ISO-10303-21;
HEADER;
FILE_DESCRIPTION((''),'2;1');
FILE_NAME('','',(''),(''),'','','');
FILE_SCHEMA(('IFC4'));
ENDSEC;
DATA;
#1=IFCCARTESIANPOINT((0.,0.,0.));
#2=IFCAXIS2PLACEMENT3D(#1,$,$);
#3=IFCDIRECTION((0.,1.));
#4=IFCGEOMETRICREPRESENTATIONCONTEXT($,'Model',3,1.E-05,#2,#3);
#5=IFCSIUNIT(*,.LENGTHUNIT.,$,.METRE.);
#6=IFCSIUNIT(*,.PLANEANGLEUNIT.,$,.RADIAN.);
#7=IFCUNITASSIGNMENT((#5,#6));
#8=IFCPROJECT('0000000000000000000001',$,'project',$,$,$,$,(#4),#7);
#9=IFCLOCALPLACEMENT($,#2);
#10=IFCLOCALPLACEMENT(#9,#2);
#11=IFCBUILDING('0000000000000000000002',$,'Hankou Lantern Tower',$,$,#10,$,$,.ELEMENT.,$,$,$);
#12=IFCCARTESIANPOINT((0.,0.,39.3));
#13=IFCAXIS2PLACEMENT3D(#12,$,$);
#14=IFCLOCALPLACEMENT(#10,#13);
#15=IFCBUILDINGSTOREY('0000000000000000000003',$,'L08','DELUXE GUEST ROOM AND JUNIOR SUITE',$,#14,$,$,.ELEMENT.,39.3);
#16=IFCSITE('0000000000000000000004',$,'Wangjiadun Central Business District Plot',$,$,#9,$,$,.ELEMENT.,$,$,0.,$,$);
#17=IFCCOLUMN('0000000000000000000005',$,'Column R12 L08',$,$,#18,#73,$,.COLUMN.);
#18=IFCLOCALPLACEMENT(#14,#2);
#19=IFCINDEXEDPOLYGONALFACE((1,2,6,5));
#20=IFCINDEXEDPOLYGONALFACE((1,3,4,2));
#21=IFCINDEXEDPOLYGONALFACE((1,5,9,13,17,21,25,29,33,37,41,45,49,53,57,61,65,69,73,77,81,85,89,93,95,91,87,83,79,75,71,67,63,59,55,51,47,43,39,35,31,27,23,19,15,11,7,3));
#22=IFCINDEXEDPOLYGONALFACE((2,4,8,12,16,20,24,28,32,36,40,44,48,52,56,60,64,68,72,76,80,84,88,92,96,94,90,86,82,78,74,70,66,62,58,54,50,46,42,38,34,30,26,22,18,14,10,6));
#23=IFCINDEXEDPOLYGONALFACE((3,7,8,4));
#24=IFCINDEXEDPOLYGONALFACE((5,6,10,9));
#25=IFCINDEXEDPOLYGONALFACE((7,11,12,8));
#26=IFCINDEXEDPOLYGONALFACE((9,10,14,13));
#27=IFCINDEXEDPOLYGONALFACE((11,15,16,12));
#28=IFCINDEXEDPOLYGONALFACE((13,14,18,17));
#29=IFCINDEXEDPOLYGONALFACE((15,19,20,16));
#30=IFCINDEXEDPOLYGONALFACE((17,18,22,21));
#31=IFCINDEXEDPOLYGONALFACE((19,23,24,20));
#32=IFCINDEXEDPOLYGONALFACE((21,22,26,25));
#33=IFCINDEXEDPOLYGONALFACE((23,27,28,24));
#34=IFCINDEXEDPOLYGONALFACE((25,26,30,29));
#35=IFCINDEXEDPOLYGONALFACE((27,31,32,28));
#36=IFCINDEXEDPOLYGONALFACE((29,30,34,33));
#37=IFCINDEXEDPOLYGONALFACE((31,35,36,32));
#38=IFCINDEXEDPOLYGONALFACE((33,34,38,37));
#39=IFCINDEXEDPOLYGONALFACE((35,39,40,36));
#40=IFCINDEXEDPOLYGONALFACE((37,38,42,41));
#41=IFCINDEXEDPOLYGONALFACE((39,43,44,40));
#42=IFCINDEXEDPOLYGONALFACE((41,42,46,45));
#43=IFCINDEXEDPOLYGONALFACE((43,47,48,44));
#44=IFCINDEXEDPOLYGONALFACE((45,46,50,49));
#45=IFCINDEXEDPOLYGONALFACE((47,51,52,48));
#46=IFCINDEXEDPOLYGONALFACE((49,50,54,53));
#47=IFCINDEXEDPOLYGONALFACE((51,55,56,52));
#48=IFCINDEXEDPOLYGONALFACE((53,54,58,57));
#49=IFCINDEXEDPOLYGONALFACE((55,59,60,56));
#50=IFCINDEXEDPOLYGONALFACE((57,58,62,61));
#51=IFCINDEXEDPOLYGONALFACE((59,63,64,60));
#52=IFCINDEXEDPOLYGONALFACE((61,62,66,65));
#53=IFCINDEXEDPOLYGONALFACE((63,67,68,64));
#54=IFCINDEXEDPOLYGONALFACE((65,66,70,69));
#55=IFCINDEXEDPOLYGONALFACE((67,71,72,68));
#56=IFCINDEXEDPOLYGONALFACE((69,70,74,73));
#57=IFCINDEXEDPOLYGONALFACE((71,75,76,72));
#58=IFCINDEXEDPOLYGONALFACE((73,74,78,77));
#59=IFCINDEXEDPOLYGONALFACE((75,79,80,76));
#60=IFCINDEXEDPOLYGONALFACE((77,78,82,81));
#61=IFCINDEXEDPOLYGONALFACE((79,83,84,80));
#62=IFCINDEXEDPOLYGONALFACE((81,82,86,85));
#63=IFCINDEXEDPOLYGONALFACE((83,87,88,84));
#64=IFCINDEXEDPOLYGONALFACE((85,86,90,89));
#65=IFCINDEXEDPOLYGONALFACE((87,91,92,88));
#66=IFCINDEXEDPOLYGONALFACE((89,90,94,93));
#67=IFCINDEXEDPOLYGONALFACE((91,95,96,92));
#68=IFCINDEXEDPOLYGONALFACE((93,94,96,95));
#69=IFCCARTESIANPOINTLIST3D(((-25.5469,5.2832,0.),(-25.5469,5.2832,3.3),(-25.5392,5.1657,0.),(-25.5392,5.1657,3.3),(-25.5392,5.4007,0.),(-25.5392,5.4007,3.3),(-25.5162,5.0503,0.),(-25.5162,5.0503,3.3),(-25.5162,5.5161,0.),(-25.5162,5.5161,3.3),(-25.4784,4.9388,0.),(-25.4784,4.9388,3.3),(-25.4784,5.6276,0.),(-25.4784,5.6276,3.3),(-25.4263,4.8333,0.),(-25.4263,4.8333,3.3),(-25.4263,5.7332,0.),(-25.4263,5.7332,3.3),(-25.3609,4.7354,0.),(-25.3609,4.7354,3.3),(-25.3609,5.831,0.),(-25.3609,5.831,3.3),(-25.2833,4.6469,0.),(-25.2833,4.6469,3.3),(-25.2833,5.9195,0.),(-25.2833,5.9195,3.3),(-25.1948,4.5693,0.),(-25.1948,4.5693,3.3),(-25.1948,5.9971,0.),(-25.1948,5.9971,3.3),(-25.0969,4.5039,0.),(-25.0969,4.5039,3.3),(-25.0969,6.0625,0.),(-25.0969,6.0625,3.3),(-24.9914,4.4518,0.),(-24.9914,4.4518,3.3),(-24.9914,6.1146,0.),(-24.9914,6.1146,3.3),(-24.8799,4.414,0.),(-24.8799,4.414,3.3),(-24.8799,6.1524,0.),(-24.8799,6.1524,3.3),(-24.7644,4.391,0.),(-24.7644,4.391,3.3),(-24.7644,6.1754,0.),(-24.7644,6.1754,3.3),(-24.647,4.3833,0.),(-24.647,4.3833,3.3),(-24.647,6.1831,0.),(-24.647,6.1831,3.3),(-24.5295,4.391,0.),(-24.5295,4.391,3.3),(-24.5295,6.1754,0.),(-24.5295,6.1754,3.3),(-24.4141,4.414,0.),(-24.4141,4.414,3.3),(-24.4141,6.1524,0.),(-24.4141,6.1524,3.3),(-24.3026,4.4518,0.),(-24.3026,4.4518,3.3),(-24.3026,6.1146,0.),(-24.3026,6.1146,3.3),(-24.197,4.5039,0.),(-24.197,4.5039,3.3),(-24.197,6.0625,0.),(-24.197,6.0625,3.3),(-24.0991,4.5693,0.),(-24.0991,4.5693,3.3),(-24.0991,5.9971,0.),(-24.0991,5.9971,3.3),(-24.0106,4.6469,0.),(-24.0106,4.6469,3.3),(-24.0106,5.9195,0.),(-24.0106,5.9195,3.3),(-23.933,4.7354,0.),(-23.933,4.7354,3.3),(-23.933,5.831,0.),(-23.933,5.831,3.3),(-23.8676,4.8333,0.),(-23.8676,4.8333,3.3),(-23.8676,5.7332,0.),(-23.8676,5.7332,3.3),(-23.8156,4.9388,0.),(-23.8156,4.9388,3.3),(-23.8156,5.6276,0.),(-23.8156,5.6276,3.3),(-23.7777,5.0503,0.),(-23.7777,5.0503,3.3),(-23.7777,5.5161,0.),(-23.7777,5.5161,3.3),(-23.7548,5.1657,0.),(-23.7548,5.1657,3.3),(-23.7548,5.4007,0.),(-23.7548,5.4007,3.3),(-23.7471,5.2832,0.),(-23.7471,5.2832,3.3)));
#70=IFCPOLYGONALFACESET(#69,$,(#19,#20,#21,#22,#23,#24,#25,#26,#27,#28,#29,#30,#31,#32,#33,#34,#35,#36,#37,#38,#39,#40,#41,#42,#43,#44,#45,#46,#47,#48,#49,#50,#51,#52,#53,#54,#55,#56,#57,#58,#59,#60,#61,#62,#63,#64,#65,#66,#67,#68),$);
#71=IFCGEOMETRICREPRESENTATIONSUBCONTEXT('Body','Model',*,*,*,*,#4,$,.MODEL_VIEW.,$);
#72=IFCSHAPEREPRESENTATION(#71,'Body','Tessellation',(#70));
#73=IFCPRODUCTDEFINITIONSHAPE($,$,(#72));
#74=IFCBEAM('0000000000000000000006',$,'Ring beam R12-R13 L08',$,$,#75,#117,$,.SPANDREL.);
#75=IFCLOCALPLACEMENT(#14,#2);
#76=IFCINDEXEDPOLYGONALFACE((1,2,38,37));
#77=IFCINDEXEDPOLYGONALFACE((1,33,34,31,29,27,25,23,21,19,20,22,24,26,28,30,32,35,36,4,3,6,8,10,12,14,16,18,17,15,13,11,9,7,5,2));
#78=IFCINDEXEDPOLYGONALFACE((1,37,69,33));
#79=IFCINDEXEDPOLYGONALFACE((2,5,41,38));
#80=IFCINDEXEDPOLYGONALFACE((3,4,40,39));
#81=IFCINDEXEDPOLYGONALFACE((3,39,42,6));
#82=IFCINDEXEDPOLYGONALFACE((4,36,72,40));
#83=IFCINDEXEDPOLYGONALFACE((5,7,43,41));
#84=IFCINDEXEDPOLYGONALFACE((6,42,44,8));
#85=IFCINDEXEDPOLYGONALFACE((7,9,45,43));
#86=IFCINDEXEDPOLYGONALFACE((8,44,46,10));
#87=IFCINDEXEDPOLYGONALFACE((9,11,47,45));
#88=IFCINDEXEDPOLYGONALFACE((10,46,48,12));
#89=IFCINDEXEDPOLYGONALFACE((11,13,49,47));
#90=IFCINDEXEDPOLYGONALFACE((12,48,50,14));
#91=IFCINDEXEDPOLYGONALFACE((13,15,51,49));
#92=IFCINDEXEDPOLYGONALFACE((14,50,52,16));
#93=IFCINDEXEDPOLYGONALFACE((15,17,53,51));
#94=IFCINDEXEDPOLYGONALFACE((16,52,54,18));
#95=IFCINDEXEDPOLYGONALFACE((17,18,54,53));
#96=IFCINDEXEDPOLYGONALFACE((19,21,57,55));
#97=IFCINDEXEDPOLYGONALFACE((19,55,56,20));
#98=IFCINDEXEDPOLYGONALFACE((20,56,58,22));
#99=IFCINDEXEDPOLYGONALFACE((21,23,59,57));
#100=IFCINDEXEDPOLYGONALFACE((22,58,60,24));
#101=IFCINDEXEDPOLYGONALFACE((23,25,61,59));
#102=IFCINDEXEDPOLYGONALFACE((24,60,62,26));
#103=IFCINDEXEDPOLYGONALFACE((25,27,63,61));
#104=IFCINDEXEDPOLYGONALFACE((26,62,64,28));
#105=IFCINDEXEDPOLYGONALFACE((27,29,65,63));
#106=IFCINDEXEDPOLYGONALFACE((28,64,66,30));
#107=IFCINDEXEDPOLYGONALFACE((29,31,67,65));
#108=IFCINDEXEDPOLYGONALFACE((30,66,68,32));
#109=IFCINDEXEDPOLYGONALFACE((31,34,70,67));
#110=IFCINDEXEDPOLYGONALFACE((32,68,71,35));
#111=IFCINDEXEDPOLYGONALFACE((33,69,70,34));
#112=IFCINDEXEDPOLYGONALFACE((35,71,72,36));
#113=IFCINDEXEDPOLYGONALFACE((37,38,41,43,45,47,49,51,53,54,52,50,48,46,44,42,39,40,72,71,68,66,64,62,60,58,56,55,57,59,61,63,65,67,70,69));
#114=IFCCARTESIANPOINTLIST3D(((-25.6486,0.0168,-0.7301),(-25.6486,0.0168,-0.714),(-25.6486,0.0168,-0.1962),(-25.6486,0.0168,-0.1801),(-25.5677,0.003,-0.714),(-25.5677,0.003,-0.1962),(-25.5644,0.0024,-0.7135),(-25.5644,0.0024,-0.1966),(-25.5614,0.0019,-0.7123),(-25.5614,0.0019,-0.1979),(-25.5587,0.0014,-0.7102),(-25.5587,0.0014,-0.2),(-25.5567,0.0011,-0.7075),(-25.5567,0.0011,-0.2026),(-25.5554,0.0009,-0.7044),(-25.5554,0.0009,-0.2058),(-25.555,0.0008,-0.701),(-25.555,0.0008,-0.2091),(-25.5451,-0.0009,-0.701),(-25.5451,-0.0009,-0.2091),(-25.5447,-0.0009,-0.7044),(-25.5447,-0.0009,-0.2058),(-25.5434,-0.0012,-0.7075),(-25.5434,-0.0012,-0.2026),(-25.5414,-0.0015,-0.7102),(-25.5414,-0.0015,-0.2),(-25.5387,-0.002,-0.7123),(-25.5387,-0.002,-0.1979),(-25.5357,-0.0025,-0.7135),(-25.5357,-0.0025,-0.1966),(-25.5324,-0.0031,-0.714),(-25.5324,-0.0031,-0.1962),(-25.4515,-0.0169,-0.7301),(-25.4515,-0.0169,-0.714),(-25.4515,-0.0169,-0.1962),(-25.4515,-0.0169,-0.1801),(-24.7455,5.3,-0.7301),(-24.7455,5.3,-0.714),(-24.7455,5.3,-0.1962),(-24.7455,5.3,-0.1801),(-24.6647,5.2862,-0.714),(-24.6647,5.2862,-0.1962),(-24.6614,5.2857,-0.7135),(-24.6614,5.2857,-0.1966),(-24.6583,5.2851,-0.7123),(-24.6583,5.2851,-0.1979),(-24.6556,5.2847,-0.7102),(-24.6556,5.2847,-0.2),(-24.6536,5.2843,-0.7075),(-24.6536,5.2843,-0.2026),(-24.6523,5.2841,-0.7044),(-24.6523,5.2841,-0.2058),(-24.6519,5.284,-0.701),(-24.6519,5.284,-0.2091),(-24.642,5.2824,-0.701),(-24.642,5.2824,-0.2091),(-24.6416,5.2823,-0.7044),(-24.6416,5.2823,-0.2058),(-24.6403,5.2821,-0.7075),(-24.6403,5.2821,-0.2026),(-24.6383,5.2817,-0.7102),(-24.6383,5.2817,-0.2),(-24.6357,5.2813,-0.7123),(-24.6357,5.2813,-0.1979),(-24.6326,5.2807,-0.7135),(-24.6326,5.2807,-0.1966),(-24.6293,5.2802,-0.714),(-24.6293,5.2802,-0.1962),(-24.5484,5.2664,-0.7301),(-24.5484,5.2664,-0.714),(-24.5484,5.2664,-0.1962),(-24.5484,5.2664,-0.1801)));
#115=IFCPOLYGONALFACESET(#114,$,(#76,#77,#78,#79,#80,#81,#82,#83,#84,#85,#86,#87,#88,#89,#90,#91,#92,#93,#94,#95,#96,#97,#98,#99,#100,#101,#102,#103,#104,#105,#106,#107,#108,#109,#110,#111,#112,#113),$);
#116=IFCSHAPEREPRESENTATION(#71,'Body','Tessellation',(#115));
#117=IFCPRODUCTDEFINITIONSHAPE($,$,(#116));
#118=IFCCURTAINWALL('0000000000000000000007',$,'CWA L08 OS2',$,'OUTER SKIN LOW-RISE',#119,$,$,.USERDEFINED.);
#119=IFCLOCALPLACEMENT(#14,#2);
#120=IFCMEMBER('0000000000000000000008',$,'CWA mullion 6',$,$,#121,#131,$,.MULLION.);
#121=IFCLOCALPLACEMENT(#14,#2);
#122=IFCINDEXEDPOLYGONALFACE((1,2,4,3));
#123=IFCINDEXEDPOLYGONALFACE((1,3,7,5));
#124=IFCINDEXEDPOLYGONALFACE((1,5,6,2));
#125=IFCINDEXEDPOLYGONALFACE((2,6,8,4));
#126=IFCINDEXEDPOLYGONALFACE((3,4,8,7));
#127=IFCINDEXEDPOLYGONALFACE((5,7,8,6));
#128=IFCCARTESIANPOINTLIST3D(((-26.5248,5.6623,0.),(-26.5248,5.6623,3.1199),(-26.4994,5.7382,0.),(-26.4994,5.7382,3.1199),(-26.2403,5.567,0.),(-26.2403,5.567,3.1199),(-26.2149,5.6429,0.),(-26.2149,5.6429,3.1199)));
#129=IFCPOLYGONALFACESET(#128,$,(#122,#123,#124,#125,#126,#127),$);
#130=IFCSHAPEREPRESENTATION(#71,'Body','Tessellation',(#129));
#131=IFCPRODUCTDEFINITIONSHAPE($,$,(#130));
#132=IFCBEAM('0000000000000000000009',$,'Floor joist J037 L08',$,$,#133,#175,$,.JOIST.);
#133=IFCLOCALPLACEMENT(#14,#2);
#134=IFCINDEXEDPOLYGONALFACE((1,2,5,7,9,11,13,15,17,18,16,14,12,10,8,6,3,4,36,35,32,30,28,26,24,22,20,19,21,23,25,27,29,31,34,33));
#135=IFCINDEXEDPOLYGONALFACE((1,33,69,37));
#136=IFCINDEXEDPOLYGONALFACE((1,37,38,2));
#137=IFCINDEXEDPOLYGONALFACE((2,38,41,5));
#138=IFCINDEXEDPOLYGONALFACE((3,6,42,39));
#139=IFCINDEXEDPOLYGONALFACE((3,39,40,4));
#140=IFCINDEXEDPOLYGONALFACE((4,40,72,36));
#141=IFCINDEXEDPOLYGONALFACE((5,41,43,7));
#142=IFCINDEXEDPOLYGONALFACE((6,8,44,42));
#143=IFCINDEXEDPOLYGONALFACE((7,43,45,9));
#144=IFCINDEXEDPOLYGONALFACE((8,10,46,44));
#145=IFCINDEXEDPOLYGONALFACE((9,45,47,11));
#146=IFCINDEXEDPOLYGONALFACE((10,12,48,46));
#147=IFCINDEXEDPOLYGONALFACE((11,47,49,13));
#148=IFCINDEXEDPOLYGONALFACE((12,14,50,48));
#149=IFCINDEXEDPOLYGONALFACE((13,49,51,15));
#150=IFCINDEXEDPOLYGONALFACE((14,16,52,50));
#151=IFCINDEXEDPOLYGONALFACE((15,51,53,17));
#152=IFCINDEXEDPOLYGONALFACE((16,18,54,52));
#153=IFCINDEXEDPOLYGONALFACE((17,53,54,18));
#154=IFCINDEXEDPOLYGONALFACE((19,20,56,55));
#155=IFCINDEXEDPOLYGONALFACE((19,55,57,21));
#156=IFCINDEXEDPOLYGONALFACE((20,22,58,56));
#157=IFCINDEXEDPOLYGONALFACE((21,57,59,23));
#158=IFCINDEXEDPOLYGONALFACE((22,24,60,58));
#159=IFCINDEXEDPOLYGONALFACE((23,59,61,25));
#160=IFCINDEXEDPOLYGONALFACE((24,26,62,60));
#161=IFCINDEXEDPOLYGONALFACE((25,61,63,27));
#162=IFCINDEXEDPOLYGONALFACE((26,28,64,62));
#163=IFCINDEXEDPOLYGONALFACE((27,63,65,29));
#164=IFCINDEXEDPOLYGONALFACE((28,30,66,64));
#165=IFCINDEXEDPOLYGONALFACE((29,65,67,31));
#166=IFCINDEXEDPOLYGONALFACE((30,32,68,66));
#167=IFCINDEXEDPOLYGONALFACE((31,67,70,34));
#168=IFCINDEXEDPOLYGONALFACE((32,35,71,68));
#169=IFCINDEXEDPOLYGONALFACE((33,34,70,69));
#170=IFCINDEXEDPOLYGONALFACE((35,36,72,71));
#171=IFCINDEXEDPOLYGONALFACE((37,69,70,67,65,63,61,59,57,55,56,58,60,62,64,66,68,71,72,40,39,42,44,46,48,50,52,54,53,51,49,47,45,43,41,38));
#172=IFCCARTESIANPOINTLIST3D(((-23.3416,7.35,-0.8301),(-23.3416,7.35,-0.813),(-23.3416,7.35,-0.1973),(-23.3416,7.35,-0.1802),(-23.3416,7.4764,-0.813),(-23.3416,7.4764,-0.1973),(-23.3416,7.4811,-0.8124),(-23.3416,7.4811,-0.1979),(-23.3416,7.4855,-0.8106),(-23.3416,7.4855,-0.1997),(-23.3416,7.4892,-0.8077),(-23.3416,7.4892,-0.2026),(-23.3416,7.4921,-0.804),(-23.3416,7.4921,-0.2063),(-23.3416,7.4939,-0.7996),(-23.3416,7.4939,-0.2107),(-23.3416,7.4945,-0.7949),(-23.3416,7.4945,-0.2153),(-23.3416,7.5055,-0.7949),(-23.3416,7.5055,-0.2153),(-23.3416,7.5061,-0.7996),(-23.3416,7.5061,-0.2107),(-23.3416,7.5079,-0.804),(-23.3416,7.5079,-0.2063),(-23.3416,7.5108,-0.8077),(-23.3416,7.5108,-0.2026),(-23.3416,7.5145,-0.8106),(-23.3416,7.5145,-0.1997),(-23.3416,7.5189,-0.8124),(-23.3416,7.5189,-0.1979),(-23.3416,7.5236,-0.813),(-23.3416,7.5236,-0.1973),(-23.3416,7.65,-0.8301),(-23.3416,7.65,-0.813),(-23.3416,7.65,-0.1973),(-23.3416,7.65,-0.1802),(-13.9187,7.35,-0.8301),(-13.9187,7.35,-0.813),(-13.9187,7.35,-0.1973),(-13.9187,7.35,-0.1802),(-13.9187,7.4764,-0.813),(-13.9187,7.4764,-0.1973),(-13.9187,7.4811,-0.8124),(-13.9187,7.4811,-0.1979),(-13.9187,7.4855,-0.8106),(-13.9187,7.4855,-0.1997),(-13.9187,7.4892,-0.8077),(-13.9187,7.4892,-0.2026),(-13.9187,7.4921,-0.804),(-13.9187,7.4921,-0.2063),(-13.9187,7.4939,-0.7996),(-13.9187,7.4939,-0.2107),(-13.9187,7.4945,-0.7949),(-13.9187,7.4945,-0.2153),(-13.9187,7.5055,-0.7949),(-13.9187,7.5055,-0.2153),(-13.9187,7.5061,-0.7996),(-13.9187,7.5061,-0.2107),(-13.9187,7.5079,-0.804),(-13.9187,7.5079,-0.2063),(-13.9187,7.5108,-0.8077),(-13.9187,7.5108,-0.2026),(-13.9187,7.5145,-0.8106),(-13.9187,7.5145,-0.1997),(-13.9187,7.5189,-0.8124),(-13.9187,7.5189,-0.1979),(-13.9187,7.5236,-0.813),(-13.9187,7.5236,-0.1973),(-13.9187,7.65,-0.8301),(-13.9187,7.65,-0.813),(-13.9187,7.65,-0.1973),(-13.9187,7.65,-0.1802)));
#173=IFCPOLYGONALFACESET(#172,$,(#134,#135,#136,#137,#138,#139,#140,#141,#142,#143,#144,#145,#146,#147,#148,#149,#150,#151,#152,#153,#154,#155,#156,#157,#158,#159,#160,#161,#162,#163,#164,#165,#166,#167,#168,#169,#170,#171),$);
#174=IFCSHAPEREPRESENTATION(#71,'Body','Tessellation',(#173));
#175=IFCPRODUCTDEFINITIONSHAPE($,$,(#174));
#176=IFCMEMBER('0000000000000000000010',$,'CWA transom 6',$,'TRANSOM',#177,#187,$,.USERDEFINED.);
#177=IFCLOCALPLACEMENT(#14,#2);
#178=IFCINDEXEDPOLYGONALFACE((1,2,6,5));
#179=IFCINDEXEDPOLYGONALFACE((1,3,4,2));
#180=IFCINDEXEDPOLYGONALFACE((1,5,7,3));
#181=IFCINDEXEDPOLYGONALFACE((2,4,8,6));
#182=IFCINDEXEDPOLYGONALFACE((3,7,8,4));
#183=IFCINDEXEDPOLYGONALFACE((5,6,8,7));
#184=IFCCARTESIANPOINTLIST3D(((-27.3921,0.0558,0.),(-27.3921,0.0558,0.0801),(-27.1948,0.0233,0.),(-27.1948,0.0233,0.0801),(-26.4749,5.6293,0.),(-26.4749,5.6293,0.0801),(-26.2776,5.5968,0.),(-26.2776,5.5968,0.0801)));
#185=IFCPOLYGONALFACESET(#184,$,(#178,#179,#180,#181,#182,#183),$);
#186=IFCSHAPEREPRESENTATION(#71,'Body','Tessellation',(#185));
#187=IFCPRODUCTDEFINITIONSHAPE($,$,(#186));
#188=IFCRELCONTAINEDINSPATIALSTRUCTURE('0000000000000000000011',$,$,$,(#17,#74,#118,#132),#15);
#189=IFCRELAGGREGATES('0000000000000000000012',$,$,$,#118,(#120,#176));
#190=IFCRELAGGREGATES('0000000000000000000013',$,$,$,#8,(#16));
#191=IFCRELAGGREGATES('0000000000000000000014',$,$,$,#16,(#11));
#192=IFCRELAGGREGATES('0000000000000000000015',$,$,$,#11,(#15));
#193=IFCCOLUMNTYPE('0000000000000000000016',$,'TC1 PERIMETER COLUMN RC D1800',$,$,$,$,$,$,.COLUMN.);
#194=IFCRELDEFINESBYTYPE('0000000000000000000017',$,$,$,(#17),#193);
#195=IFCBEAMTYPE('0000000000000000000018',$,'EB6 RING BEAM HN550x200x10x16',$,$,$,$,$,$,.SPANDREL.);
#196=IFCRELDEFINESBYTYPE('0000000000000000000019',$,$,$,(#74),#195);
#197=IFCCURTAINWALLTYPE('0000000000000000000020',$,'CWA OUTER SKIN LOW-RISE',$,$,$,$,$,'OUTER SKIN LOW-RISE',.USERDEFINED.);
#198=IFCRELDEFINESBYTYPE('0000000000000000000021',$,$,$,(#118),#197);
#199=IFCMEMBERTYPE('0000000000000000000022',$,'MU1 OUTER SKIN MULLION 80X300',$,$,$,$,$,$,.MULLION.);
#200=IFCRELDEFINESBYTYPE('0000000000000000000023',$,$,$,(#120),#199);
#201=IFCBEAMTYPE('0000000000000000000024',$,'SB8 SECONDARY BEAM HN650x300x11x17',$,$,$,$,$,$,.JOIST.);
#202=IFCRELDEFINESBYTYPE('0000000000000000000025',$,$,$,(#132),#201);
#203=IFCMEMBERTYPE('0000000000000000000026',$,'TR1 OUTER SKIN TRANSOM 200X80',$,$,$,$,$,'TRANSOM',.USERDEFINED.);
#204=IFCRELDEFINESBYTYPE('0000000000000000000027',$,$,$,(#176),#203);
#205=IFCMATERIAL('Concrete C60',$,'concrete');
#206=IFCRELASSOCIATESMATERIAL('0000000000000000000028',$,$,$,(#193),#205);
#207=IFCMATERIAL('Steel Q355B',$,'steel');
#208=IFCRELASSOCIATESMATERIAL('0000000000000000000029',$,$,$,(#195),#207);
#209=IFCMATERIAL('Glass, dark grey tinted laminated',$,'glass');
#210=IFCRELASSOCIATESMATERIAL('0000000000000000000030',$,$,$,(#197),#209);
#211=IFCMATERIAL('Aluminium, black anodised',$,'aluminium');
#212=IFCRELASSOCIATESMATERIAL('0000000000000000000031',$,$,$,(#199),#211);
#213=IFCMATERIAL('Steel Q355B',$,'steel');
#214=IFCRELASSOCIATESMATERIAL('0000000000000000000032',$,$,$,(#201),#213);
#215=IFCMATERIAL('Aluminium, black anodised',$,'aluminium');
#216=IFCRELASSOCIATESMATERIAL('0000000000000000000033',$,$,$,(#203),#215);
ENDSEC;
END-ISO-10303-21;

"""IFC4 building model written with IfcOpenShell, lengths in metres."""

from ifc_helpers import new_model, si_unit, direction, frame, origin, origin_2d, place, context, subcontext, project, spatial, rectangle, circle, i_section, extrude, material, material_profile, profile_set, type_object, element, aggregate, save


model = new_model("IFC4")

# Units and contexts
model_context = context("Model", 3, precision=1e-05, world=origin(), true_north=direction((0.0, 1.0)))
body_context = subcontext(model_context, "Body", "Model", "MODEL_VIEW")
ifc_project = project(units=[si_unit("LENGTHUNIT", "METRE"), si_unit("PLANEANGLEUNIT", "RADIAN")], contexts=[model_context])

# Site, building, storey
site_placement = place(None, origin())
site = spatial("IfcSite", under=ifc_project, at=site_placement, Name="Wangjiadun Central Business District Plot", CompositionType="ELEMENT", RefElevation=0.0)
building_placement = place(site_placement, origin())
building = spatial("IfcBuilding", under=site, at=building_placement, Name="Hankou Lantern Tower", CompositionType="ELEMENT")
storey_placement = place(building_placement, frame((0.0, 0.0, 39.3)))
storey = spatial("IfcBuildingStorey", under=building, at=storey_placement, Name="L08", Description="DELUXE GUEST ROOM AND JUNIOR SUITE", CompositionType="ELEMENT", Elevation=39.3)

# Column
ifc_material_1 = material(Name="Concrete C60", Category="concrete")
ifc_material_profile_1 = material_profile(ifc_material_1, circle(Radius=0.8999, at=origin_2d()), Name="RC D1800")
ifc_profile_set_1 = profile_set([ifc_material_profile_1], Name="Concrete C60")
column_type = type_object("IfcColumnType", Name="TC1 PERIMETER COLUMN RC D1800", PredefinedType="COLUMN", material=ifc_profile_set_1)
column_placement = place(storey_placement, frame((-24.647, 5.2832, 0.0), z_axis=(0.0, 0.0, 1.0), x_axis=(1.0, 0.0, 0.0)))
element("IfcColumn", 1, at=column_placement, inside=storey, type_object=column_type, Name="Column R12 L08", PredefinedType="COLUMN", context=body_context, shape_type="SweptSolid", body=[
    extrude(circle(Radius=0.8999, at=origin_2d()), origin(), (0.0, 0.0, 1.0), 3.3),
])

# Beam
ifc_material_2 = material(Name="Steel Q355B", Category="steel")
ifc_material_profile_2 = material_profile(ifc_material_2, i_section(OverallWidth=0.2, OverallDepth=0.55, WebThickness=0.01, FlangeThickness=0.0161, FilletRadius=0.0129, at=origin_2d()), Name="HN550x200x10x16")
ifc_profile_set_2 = profile_set([ifc_material_profile_2], Name="Steel Q355B")
beam_type_1 = type_object("IfcBeamType", Name="EB6 RING BEAM HN550x200x10x16", PredefinedType="SPANDREL", material=ifc_profile_set_2)
beam_1_placement = place(storey_placement, frame((-24.647, 5.2832, -0.4551), z_axis=(-0.16849, -0.985703, 0.0), x_axis=(0.985703, -0.16849, 0.0)))
element("IfcBeam", 2, at=beam_1_placement, inside=storey, type_object=beam_type_1, Name="Ring beam R12-R13 L08", PredefinedType="SPANDREL", context=body_context, shape_type="SweptSolid", body=[
    extrude(i_section(OverallWidth=0.2, OverallDepth=0.55, WebThickness=0.01, FlangeThickness=0.0161, FilletRadius=0.0129, at=origin_2d()), origin(), (0.0, 0.0, 1.0), 5.3599),
])

# Curtain wall, member
ifc_material_3 = material(Name="Glass, dark grey tinted laminated", Category="glass")
curtain_wall_type = type_object("IfcCurtainWallType", Name="CWA OUTER SKIN LOW-RISE", ElementType="OUTER SKIN LOW-RISE", PredefinedType="USERDEFINED", material=ifc_material_3)
curtain_wall_placement = place(storey_placement, origin())
curtain_wall = element("IfcCurtainWall", 3, at=curtain_wall_placement, inside=storey, type_object=curtain_wall_type, Name="CWA L08 OS2", ObjectType="OUTER SKIN LOW-RISE", PredefinedType="USERDEFINED")
ifc_material_4 = material(Name="Aluminium, black anodised", Category="aluminium")
ifc_material_profile_3 = material_profile(ifc_material_4, rectangle(XDim=0.0801, YDim=0.3, at=origin_2d()), Name="MU1 80X300")
ifc_profile_set_3 = profile_set([ifc_material_profile_3], Name="Aluminium, black anodised")
member_type_1 = type_object("IfcMemberType", Name="MU1 OUTER SKIN MULLION 80X300", PredefinedType="MULLION", material=ifc_profile_set_3)
member_1_placement = place(storey_placement, frame((-26.3699, 5.6526, 0.0), z_axis=(0.0, 0.0, 1.0), x_axis=(-0.317596, -0.948226, 0.0)))
member_1 = element("IfcMember", 4, at=member_1_placement, type_object=member_type_1, Name="CWA mullion 6", PredefinedType="MULLION", context=body_context, shape_type="SweptSolid", body=[
    extrude(rectangle(XDim=0.0801, YDim=0.3, at=origin_2d()), origin(), (0.0, 0.0, 1.0), 3.1199),
])

# Beam
ifc_material_5 = material(Name="Steel Q355B", Category="steel")
ifc_material_profile_4 = material_profile(ifc_material_5, i_section(OverallWidth=0.3, OverallDepth=0.6499, WebThickness=0.011, FlangeThickness=0.0171, FilletRadius=0.0181, at=origin_2d()), Name="HN650x300x11x17")
ifc_profile_set_4 = profile_set([ifc_material_profile_4], Name="Steel Q355B")
beam_type_2 = type_object("IfcBeamType", Name="SB8 SECONDARY BEAM HN650x300x11x17", PredefinedType="JOIST", material=ifc_profile_set_4)
beam_2_placement = place(storey_placement, frame((-23.3416, 7.5, -0.5051), z_axis=(1.0, 0.0, 0.0), x_axis=(0.0, 1.0, 0.0)))
element("IfcBeam", 5, at=beam_2_placement, inside=storey, type_object=beam_type_2, Name="Floor joist J037 L08", PredefinedType="JOIST", context=body_context, shape_type="SweptSolid", body=[
    extrude(i_section(OverallWidth=0.3, OverallDepth=0.6499, WebThickness=0.011, FlangeThickness=0.0171, FilletRadius=0.0181, at=origin_2d()), origin(), (0.0, 0.0, 1.0), 9.4229),
])

# Member
ifc_material_6 = material(Name="Aluminium, black anodised", Category="aluminium")
ifc_material_profile_5 = material_profile(ifc_material_6, rectangle(XDim=0.2, YDim=0.0801, at=origin_2d()), Name="TR1 200X80")
ifc_profile_set_5 = profile_set([ifc_material_profile_5], Name="Aluminium, black anodised")
member_type_2 = type_object("IfcMemberType", Name="TR1 OUTER SKIN TRANSOM 200X80", ElementType="TRANSOM", PredefinedType="USERDEFINED", material=ifc_profile_set_5)
member_2_placement = place(storey_placement, frame((-26.3762, 5.613, 0.04), z_axis=(-0.162387, -0.986727, 0.0), x_axis=(0.986727, -0.162387, 0.0)))
member_2 = element("IfcMember", 6, at=member_2_placement, type_object=member_type_2, Name="CWA transom 6", ObjectType="TRANSOM", PredefinedType="USERDEFINED", context=body_context, shape_type="SweptSolid", body=[
    extrude(rectangle(XDim=0.2, YDim=0.0801, at=origin_2d()), origin(), (0.0, 0.0, 1.0), 5.6484),
])

aggregate(curtain_wall, [member_1, member_2])

save(model, "model.ifc")
